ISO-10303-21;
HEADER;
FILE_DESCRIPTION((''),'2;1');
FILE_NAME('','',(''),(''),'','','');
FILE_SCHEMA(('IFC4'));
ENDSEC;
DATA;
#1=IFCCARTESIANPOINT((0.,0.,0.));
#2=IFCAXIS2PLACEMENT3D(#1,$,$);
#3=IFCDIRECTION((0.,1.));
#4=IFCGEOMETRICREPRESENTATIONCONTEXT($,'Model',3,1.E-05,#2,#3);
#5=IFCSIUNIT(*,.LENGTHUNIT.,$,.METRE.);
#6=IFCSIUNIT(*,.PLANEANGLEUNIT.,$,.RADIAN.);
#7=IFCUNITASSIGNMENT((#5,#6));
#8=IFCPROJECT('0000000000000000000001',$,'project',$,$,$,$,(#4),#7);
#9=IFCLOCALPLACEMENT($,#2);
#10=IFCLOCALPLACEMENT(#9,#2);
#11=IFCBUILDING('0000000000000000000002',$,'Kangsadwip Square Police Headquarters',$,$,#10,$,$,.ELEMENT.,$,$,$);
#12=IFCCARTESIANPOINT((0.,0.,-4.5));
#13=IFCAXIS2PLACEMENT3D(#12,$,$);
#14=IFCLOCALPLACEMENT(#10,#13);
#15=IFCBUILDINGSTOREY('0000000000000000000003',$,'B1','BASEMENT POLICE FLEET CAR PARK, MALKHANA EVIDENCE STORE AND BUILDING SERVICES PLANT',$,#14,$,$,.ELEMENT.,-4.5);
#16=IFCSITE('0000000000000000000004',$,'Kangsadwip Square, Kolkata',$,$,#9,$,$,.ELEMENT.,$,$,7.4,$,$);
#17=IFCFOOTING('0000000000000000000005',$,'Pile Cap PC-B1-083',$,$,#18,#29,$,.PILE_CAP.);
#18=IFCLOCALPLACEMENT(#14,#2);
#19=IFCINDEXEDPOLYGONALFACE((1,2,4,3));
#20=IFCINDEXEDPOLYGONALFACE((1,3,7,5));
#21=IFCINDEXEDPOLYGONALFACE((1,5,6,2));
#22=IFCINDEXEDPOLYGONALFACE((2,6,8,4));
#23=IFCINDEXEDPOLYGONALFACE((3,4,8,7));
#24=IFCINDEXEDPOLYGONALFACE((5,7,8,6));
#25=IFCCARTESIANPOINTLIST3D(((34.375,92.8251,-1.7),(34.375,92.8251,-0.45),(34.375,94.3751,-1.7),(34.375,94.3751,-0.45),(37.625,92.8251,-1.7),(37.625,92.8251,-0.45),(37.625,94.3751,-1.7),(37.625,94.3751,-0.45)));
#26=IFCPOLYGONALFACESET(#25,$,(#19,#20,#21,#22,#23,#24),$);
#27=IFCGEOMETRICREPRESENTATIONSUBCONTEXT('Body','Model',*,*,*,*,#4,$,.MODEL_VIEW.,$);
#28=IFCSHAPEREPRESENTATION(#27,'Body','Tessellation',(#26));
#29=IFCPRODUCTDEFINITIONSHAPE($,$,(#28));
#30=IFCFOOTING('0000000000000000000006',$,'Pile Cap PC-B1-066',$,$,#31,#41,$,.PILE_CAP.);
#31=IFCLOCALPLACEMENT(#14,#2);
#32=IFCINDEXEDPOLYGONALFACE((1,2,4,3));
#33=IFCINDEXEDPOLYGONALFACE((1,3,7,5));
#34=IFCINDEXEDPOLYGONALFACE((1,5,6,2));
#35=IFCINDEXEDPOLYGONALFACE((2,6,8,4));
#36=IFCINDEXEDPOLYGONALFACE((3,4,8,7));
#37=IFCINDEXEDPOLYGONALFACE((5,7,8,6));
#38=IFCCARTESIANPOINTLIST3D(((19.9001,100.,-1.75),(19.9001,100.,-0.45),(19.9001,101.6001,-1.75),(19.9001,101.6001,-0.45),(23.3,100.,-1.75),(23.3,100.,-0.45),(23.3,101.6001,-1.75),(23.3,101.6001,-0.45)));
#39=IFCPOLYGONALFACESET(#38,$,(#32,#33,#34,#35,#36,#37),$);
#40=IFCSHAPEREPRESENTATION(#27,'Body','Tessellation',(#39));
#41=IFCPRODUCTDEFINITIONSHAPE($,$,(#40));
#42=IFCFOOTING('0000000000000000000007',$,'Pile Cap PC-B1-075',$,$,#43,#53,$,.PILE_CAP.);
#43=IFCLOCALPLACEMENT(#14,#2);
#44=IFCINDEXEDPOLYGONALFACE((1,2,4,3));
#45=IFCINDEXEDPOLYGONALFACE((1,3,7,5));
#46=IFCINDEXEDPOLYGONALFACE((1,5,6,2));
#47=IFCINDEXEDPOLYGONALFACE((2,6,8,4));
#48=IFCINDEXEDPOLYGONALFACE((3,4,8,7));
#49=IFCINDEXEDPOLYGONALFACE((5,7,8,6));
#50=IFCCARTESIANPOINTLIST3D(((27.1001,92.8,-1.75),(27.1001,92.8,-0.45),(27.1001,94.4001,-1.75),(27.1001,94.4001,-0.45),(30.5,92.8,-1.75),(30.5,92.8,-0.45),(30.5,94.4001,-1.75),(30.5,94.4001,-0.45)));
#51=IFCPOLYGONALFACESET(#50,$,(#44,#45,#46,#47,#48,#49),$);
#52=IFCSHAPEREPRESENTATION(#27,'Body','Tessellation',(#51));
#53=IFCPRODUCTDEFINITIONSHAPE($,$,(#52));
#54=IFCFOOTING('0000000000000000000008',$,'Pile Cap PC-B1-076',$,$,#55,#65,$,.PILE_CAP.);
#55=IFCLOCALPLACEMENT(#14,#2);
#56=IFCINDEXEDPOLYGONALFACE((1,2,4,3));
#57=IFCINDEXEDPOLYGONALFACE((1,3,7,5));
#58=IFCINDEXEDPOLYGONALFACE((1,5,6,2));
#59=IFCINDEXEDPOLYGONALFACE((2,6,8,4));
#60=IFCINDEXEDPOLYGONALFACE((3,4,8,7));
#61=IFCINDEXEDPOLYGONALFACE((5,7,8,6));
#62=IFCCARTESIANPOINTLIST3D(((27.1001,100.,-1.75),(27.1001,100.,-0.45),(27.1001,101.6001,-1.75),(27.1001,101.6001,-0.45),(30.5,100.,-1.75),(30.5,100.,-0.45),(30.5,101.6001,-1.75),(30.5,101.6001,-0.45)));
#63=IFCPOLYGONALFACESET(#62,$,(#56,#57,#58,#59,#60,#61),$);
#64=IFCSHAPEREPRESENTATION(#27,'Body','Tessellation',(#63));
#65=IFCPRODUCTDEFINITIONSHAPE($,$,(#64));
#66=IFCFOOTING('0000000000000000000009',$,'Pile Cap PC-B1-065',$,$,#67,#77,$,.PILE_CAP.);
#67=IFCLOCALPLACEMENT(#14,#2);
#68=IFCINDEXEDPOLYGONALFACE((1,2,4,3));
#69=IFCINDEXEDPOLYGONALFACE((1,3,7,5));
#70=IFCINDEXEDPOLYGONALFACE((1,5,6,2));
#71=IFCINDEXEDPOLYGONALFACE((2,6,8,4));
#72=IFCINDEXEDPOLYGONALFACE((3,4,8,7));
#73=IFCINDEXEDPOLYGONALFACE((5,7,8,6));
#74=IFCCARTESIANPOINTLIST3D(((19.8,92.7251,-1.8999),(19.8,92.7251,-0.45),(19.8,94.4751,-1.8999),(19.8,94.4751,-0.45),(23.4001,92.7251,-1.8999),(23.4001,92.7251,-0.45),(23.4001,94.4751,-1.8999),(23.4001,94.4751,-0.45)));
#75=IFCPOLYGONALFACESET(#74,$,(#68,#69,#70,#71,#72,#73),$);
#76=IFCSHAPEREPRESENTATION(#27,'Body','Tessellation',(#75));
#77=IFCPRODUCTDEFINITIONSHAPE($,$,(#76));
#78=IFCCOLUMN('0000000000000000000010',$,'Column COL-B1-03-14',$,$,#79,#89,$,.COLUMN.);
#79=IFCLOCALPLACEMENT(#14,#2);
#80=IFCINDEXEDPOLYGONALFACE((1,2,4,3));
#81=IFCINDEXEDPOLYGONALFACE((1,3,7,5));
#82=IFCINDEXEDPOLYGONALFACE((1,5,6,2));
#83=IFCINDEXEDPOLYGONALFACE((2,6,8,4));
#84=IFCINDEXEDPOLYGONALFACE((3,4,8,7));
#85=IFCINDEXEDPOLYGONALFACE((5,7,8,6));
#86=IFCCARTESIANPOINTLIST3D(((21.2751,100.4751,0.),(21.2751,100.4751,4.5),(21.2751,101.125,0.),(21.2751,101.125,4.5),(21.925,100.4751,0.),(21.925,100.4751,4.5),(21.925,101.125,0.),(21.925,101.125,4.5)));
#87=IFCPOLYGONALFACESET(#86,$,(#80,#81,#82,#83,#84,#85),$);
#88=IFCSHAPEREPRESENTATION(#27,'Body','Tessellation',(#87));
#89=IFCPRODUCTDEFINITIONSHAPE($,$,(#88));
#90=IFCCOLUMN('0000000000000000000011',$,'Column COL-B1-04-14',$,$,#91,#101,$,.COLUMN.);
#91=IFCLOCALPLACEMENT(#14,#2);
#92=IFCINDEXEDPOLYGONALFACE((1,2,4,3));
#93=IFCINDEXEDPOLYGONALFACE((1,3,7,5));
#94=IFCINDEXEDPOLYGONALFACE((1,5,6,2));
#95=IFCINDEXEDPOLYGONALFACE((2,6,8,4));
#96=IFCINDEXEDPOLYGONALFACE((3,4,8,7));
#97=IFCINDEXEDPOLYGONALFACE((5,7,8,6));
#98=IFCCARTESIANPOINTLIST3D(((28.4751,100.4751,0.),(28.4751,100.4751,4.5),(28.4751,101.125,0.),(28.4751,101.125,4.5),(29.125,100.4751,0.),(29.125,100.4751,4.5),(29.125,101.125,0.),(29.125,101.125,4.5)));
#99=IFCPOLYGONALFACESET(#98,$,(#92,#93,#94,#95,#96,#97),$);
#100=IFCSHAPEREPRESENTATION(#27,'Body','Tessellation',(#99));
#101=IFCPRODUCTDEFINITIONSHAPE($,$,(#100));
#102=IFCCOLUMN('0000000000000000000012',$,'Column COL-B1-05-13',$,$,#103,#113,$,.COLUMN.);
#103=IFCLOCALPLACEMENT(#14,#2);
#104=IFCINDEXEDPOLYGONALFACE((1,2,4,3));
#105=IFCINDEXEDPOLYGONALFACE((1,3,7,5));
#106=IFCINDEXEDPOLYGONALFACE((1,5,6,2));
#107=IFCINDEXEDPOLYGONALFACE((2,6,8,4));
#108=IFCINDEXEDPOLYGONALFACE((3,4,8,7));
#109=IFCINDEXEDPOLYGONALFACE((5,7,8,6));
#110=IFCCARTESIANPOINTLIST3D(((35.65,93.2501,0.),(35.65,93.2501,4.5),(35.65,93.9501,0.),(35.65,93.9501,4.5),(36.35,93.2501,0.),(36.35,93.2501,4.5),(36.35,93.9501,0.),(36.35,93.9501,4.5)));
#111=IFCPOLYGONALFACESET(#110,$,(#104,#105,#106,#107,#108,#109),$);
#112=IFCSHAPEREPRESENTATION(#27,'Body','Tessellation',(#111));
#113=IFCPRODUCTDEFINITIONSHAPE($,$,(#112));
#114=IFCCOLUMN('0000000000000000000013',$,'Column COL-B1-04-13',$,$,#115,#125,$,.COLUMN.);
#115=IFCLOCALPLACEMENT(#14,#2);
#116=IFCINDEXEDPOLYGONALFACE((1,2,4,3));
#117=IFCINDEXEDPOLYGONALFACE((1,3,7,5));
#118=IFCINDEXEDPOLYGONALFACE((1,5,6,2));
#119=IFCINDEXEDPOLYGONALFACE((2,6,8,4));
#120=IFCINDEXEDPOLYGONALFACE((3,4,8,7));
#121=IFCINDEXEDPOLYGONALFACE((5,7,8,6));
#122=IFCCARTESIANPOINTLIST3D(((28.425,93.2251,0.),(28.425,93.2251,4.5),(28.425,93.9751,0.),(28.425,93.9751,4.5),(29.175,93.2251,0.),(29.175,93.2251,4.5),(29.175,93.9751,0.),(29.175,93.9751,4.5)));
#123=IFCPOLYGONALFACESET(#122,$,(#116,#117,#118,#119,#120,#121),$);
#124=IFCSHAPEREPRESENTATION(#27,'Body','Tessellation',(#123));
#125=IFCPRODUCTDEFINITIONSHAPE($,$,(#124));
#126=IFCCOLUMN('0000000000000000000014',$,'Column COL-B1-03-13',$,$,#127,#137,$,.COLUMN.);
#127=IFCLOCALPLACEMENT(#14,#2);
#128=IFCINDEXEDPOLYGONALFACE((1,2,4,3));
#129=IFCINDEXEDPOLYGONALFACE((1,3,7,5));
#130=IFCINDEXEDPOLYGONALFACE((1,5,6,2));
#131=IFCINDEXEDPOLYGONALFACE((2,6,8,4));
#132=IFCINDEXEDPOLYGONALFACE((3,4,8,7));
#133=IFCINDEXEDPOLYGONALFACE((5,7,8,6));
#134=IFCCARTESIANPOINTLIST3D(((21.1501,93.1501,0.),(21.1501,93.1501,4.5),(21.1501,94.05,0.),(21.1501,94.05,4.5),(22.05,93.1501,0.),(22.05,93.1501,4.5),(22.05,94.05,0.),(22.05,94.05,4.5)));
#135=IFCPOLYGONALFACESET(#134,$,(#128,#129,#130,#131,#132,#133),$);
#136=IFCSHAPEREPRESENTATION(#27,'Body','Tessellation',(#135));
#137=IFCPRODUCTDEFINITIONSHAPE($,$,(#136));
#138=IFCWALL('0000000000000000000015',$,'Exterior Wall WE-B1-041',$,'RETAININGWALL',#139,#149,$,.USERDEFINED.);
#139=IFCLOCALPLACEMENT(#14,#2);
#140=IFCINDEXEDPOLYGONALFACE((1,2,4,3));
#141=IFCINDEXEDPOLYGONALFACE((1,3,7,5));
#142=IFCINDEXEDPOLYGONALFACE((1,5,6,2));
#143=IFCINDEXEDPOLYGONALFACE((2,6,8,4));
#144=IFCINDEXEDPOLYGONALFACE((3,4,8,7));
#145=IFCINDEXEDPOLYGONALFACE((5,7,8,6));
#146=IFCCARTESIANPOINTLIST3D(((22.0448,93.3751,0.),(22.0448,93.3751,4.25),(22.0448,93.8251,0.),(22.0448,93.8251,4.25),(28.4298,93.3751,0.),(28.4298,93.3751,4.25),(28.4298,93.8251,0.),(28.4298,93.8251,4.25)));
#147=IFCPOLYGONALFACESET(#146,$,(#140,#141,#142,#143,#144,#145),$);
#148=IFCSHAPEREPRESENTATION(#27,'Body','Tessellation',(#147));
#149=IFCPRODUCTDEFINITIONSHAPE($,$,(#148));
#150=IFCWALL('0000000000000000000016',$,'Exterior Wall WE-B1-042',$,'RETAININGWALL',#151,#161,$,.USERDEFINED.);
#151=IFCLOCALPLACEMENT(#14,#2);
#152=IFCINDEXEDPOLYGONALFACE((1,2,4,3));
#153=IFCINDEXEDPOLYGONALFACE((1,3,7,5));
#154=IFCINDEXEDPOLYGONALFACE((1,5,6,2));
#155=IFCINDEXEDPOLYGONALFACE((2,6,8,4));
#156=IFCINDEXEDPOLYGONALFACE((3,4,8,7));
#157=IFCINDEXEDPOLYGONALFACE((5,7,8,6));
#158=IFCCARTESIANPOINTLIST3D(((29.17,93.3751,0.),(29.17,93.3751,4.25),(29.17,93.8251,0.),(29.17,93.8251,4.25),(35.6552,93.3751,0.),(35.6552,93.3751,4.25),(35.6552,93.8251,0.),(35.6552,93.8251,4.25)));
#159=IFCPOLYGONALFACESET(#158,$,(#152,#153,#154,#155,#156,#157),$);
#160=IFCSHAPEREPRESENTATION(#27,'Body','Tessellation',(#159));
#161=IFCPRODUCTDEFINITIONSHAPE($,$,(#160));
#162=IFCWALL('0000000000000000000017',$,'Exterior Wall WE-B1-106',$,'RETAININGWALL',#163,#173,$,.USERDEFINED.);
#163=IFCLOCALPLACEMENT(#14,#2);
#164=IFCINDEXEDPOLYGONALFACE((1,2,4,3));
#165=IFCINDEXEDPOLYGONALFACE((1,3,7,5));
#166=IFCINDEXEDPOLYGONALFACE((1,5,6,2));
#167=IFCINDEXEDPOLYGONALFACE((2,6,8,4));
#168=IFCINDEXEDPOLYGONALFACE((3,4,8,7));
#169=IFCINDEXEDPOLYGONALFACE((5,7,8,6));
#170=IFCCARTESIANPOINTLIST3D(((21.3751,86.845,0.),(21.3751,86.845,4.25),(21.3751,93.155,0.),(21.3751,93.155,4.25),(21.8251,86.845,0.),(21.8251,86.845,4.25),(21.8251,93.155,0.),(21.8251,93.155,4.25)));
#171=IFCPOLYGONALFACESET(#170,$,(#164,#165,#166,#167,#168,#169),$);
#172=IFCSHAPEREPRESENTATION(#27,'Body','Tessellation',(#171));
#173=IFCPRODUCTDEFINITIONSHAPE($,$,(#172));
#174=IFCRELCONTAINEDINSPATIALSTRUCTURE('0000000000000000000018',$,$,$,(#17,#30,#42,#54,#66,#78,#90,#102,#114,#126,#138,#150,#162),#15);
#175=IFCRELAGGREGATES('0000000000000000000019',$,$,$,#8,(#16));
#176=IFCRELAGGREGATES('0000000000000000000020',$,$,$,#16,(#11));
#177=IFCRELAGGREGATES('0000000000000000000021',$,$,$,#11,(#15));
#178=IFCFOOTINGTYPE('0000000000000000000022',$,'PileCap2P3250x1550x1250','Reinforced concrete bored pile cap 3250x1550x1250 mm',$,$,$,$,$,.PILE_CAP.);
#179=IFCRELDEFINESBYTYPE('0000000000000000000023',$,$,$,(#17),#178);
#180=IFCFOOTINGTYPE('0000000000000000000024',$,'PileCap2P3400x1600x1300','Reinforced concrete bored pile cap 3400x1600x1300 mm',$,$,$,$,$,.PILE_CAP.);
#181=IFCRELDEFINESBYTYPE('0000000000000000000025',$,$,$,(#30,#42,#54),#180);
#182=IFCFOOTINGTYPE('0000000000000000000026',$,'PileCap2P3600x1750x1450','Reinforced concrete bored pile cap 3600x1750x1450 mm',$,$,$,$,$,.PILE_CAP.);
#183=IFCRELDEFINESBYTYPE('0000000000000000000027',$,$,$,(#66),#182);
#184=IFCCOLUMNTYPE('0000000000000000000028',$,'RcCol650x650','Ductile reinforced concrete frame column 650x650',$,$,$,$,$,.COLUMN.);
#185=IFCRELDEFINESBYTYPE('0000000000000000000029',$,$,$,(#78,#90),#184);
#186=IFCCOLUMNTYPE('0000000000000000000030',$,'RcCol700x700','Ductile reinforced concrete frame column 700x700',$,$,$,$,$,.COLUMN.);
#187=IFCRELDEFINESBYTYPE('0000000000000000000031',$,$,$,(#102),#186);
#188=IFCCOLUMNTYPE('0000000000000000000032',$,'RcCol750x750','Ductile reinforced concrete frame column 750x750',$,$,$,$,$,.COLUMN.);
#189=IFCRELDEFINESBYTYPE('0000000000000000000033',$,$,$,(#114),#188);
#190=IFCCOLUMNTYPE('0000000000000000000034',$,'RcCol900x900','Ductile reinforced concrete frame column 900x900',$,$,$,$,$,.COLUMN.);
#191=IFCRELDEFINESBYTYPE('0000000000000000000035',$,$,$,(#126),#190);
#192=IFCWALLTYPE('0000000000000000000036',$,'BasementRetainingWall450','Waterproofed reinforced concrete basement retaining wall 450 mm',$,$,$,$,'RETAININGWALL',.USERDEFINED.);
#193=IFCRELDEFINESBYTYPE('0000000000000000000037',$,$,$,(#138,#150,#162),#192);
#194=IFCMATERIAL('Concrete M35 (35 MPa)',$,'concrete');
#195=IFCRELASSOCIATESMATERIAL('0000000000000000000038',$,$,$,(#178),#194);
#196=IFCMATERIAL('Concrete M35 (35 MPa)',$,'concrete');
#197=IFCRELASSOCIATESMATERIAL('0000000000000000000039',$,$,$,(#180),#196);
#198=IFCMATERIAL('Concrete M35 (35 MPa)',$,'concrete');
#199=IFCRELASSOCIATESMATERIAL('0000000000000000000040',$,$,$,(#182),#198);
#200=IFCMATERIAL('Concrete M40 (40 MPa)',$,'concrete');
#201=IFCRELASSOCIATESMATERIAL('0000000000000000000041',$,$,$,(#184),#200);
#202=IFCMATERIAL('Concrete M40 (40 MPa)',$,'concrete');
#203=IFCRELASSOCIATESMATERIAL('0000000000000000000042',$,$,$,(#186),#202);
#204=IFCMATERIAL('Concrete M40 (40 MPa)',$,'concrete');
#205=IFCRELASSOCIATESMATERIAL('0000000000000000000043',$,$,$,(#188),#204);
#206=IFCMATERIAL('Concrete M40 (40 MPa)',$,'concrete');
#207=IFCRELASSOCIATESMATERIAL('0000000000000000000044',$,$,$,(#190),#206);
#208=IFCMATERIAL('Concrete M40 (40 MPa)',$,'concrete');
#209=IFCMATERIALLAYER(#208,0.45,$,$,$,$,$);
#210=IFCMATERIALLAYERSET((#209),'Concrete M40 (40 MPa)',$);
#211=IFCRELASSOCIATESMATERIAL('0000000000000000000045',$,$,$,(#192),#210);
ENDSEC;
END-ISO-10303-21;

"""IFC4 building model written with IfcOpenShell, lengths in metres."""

from ifc_helpers import new_model, si_unit, direction, frame, frame_2d, origin, origin_2d, place, context, subcontext, project, spatial, rectangle, extrude, material, layer, layer_set, material_profile, profile_set, type_object, element, save


model = new_model("IFC4")

# Units and contexts
model_context = context("Model", 3, precision=1e-05, world=origin(), true_north=direction((0.0, 1.0)))
body_context = subcontext(model_context, "Body", "Model", "MODEL_VIEW")
ifc_project = project(units=[si_unit("LENGTHUNIT", "METRE"), si_unit("PLANEANGLEUNIT", "RADIAN")], contexts=[model_context])

# Site, building, storey
site_placement = place(None, origin())
site = spatial("IfcSite", under=ifc_project, at=site_placement, Name="Kangsadwip Square, Kolkata", CompositionType="ELEMENT", RefElevation=7.4)
building_placement = place(site_placement, origin())
building = spatial("IfcBuilding", under=site, at=building_placement, Name="Kangsadwip Square Police Headquarters", CompositionType="ELEMENT")
storey_placement = place(building_placement, frame((0.0, 0.0, -4.5)))
storey = spatial("IfcBuildingStorey", under=building, at=storey_placement, Name="B1", Description="BASEMENT POLICE FLEET CAR PARK, MALKHANA EVIDENCE STORE AND BUILDING SERVICES PLANT", CompositionType="ELEMENT", Elevation=-4.5)

# Footings
ifc_material_1 = material(Name="Concrete M35 (35 MPa)", Category="concrete")
footing_type_1 = type_object("IfcFootingType", Name="PileCap2P3250x1550x1250", Description="Reinforced concrete bored pile cap 3250x1550x1250 mm", PredefinedType="PILE_CAP", material=ifc_material_1)
footing_1_placement = place(storey_placement, frame((36.0, 93.6001, -1.7), z_axis=(0.0, 0.0, 1.0), x_axis=(1.0, 0.0, 0.0)))
element("IfcFooting", 1, at=footing_1_placement, inside=storey, type_object=footing_type_1, Name="Pile Cap PC-B1-083", PredefinedType="PILE_CAP", context=body_context, shape_type="SweptSolid", body=[
    extrude(rectangle(XDim=3.25, YDim=1.55, at=origin_2d()), origin(), (0.0, 0.0, 1.0), 1.25),
])
ifc_material_2 = material(Name="Concrete M35 (35 MPa)", Category="concrete")
footing_type_2 = type_object("IfcFootingType", Name="PileCap2P3400x1600x1300", Description="Reinforced concrete bored pile cap 3400x1600x1300 mm", PredefinedType="PILE_CAP", material=ifc_material_2)
for number, where, z_axis, x_axis, name in (
    (2, (21.6001, 100.8, -1.75), (0.0, 0.0, 1.0), (1.0, 0.0, 0.0), "Pile Cap PC-B1-066"),
    (3, (28.8, 93.6001, -1.75), (0.0, 0.0, 1.0), (1.0, 0.0, 0.0), "Pile Cap PC-B1-075"),
    (4, (28.8, 100.8, -1.75), (0.0, 0.0, 1.0), (1.0, 0.0, 0.0), "Pile Cap PC-B1-076"),
):
    element("IfcFooting", number, at=place(storey_placement, frame(where, z_axis=z_axis, x_axis=x_axis)), inside=storey, type_object=footing_type_2, Name=name, PredefinedType="PILE_CAP", context=body_context, shape_type="SweptSolid", body=[
        extrude(rectangle(XDim=3.3999, YDim=1.6001, at=origin_2d()), origin(), (0.0, 0.0, 1.0), 1.3),
    ])
ifc_material_3 = material(Name="Concrete M35 (35 MPa)", Category="concrete")
footing_type_3 = type_object("IfcFootingType", Name="PileCap2P3600x1750x1450", Description="Reinforced concrete bored pile cap 3600x1750x1450 mm", PredefinedType="PILE_CAP", material=ifc_material_3)
footing_2_placement = place(storey_placement, frame((21.6001, 93.6001, -1.8999), z_axis=(0.0, 0.0, 1.0), x_axis=(1.0, 0.0, 0.0)))
element("IfcFooting", 5, at=footing_2_placement, inside=storey, type_object=footing_type_3, Name="Pile Cap PC-B1-065", PredefinedType="PILE_CAP", context=body_context, shape_type="SweptSolid", body=[
    extrude(rectangle(XDim=3.6001, YDim=1.75, at=origin_2d()), origin(), (0.0, 0.0, 1.0), 1.45),
])

# Columns
ifc_material_4 = material(Name="Concrete M40 (40 MPa)", Category="concrete")
ifc_material_profile_1 = material_profile(ifc_material_4, rectangle(XDim=0.6499, YDim=0.6499, at=origin_2d()), Name="RC COL 650X650")
ifc_profile_set_1 = profile_set([ifc_material_profile_1], Name="Concrete M40 (40 MPa)")
column_type_1 = type_object("IfcColumnType", Name="RcCol650x650", Description="Ductile reinforced concrete frame column 650x650", PredefinedType="COLUMN", material=ifc_profile_set_1)
for number, where, z_axis, x_axis, name in (
    (6, (21.6001, 100.8, 0.0), (0.0, 0.0, 1.0), (1.0, 0.0, 0.0), "Column COL-B1-03-14"),
    (7, (28.8, 100.8, 0.0), (0.0, 0.0, 1.0), (1.0, 0.0, 0.0), "Column COL-B1-04-14"),
):
    element("IfcColumn", number, at=place(storey_placement, frame(where, z_axis=z_axis, x_axis=x_axis)), inside=storey, type_object=column_type_1, Name=name, PredefinedType="COLUMN", context=body_context, shape_type="SweptSolid", body=[
        extrude(rectangle(XDim=0.6499, YDim=0.6499, at=origin_2d()), origin(), (0.0, 0.0, 1.0), 4.5),
    ])
ifc_material_5 = material(Name="Concrete M40 (40 MPa)", Category="concrete")
ifc_material_profile_2 = material_profile(ifc_material_5, rectangle(XDim=0.7, YDim=0.7, at=origin_2d()), Name="RC COL 700X700")
ifc_profile_set_2 = profile_set([ifc_material_profile_2], Name="Concrete M40 (40 MPa)")
column_type_2 = type_object("IfcColumnType", Name="RcCol700x700", Description="Ductile reinforced concrete frame column 700x700", PredefinedType="COLUMN", material=ifc_profile_set_2)
column_1_placement = place(storey_placement, frame((36.0, 93.6001, 0.0), z_axis=(0.0, 0.0, 1.0), x_axis=(1.0, 0.0, 0.0)))
element("IfcColumn", 8, at=column_1_placement, inside=storey, type_object=column_type_2, Name="Column COL-B1-05-13", PredefinedType="COLUMN", context=body_context, shape_type="SweptSolid", body=[
    extrude(rectangle(XDim=0.7, YDim=0.7, at=origin_2d()), origin(), (0.0, 0.0, 1.0), 4.5),
])
ifc_material_6 = material(Name="Concrete M40 (40 MPa)", Category="concrete")
ifc_material_profile_3 = material_profile(ifc_material_6, rectangle(XDim=0.75, YDim=0.75, at=origin_2d()), Name="RC COL 750X750")
ifc_profile_set_3 = profile_set([ifc_material_profile_3], Name="Concrete M40 (40 MPa)")
column_type_3 = type_object("IfcColumnType", Name="RcCol750x750", Description="Ductile reinforced concrete frame column 750x750", PredefinedType="COLUMN", material=ifc_profile_set_3)
column_2_placement = place(storey_placement, frame((28.8, 93.6001, 0.0), z_axis=(0.0, 0.0, 1.0), x_axis=(1.0, 0.0, 0.0)))
element("IfcColumn", 9, at=column_2_placement, inside=storey, type_object=column_type_3, Name="Column COL-B1-04-13", PredefinedType="COLUMN", context=body_context, shape_type="SweptSolid", body=[
    extrude(rectangle(XDim=0.75, YDim=0.75, at=origin_2d()), origin(), (0.0, 0.0, 1.0), 4.5),
])
ifc_material_7 = material(Name="Concrete M40 (40 MPa)", Category="concrete")
ifc_material_profile_4 = material_profile(ifc_material_7, rectangle(XDim=0.8999, YDim=0.8999, at=origin_2d()), Name="RC COL 900X900")
ifc_profile_set_4 = profile_set([ifc_material_profile_4], Name="Concrete M40 (40 MPa)")
column_type_4 = type_object("IfcColumnType", Name="RcCol900x900", Description="Ductile reinforced concrete frame column 900x900", PredefinedType="COLUMN", material=ifc_profile_set_4)
column_3_placement = place(storey_placement, frame((21.6001, 93.6001, 0.0), z_axis=(0.0, 0.0, 1.0), x_axis=(1.0, 0.0, 0.0)))
element("IfcColumn", 10, at=column_3_placement, inside=storey, type_object=column_type_4, Name="Column COL-B1-03-13", PredefinedType="COLUMN", context=body_context, shape_type="SweptSolid", body=[
    extrude(rectangle(XDim=0.8999, YDim=0.8999, at=origin_2d()), origin(), (0.0, 0.0, 1.0), 4.5),
])

# Walls
ifc_material_8 = material(Name="Concrete M40 (40 MPa)", Category="concrete")
ifc_layer = layer(ifc_material_8, 0.45)
ifc_layer_set = layer_set([ifc_layer], Name="Concrete M40 (40 MPa)")
wall_type = type_object("IfcWallType", Name="BasementRetainingWall450", Description="Waterproofed reinforced concrete basement retaining wall 450 mm", ElementType="RETAININGWALL", PredefinedType="USERDEFINED", material=ifc_layer_set)
wall_1_placement = place(storey_placement, frame((22.0449, 93.6001, 0.0), z_axis=(0.0, 0.0, 1.0), x_axis=(1.0, 0.0, 0.0)))
element("IfcWall", 11, at=wall_1_placement, inside=storey, type_object=wall_type, Name="Exterior Wall WE-B1-041", ObjectType="RETAININGWALL", PredefinedType="USERDEFINED", context=body_context, shape_type="SweptSolid", body=[
    extrude(rectangle(XDim=6.385, YDim=0.45, at=frame_2d((3.1924, 0.0))), origin(), (0.0, 0.0, 1.0), 4.25),
])
wall_2_placement = place(storey_placement, frame((29.1699, 93.6001, 0.0), z_axis=(0.0, 0.0, 1.0), x_axis=(1.0, 0.0, 0.0)))
element("IfcWall", 12, at=wall_2_placement, inside=storey, type_object=wall_type, Name="Exterior Wall WE-B1-042", ObjectType="RETAININGWALL", PredefinedType="USERDEFINED", context=body_context, shape_type="SweptSolid", body=[
    extrude(rectangle(XDim=6.4851, YDim=0.45, at=frame_2d((3.2427, 0.0))), origin(), (0.0, 0.0, 1.0), 4.25),
])
wall_3_placement = place(storey_placement, frame((21.6001, 86.845, 0.0), z_axis=(0.0, 0.0, 1.0), x_axis=(0.0, 1.0, 0.0)))
element("IfcWall", 13, at=wall_3_placement, inside=storey, type_object=wall_type, Name="Exterior Wall WE-B1-106", ObjectType="RETAININGWALL", PredefinedType="USERDEFINED", context=body_context, shape_type="SweptSolid", body=[
    extrude(rectangle(XDim=6.3101, YDim=0.45, at=frame_2d((3.155, 0.0))), origin(), (0.0, 0.0, 1.0), 4.25),
])

save(model, "model.ifc")
